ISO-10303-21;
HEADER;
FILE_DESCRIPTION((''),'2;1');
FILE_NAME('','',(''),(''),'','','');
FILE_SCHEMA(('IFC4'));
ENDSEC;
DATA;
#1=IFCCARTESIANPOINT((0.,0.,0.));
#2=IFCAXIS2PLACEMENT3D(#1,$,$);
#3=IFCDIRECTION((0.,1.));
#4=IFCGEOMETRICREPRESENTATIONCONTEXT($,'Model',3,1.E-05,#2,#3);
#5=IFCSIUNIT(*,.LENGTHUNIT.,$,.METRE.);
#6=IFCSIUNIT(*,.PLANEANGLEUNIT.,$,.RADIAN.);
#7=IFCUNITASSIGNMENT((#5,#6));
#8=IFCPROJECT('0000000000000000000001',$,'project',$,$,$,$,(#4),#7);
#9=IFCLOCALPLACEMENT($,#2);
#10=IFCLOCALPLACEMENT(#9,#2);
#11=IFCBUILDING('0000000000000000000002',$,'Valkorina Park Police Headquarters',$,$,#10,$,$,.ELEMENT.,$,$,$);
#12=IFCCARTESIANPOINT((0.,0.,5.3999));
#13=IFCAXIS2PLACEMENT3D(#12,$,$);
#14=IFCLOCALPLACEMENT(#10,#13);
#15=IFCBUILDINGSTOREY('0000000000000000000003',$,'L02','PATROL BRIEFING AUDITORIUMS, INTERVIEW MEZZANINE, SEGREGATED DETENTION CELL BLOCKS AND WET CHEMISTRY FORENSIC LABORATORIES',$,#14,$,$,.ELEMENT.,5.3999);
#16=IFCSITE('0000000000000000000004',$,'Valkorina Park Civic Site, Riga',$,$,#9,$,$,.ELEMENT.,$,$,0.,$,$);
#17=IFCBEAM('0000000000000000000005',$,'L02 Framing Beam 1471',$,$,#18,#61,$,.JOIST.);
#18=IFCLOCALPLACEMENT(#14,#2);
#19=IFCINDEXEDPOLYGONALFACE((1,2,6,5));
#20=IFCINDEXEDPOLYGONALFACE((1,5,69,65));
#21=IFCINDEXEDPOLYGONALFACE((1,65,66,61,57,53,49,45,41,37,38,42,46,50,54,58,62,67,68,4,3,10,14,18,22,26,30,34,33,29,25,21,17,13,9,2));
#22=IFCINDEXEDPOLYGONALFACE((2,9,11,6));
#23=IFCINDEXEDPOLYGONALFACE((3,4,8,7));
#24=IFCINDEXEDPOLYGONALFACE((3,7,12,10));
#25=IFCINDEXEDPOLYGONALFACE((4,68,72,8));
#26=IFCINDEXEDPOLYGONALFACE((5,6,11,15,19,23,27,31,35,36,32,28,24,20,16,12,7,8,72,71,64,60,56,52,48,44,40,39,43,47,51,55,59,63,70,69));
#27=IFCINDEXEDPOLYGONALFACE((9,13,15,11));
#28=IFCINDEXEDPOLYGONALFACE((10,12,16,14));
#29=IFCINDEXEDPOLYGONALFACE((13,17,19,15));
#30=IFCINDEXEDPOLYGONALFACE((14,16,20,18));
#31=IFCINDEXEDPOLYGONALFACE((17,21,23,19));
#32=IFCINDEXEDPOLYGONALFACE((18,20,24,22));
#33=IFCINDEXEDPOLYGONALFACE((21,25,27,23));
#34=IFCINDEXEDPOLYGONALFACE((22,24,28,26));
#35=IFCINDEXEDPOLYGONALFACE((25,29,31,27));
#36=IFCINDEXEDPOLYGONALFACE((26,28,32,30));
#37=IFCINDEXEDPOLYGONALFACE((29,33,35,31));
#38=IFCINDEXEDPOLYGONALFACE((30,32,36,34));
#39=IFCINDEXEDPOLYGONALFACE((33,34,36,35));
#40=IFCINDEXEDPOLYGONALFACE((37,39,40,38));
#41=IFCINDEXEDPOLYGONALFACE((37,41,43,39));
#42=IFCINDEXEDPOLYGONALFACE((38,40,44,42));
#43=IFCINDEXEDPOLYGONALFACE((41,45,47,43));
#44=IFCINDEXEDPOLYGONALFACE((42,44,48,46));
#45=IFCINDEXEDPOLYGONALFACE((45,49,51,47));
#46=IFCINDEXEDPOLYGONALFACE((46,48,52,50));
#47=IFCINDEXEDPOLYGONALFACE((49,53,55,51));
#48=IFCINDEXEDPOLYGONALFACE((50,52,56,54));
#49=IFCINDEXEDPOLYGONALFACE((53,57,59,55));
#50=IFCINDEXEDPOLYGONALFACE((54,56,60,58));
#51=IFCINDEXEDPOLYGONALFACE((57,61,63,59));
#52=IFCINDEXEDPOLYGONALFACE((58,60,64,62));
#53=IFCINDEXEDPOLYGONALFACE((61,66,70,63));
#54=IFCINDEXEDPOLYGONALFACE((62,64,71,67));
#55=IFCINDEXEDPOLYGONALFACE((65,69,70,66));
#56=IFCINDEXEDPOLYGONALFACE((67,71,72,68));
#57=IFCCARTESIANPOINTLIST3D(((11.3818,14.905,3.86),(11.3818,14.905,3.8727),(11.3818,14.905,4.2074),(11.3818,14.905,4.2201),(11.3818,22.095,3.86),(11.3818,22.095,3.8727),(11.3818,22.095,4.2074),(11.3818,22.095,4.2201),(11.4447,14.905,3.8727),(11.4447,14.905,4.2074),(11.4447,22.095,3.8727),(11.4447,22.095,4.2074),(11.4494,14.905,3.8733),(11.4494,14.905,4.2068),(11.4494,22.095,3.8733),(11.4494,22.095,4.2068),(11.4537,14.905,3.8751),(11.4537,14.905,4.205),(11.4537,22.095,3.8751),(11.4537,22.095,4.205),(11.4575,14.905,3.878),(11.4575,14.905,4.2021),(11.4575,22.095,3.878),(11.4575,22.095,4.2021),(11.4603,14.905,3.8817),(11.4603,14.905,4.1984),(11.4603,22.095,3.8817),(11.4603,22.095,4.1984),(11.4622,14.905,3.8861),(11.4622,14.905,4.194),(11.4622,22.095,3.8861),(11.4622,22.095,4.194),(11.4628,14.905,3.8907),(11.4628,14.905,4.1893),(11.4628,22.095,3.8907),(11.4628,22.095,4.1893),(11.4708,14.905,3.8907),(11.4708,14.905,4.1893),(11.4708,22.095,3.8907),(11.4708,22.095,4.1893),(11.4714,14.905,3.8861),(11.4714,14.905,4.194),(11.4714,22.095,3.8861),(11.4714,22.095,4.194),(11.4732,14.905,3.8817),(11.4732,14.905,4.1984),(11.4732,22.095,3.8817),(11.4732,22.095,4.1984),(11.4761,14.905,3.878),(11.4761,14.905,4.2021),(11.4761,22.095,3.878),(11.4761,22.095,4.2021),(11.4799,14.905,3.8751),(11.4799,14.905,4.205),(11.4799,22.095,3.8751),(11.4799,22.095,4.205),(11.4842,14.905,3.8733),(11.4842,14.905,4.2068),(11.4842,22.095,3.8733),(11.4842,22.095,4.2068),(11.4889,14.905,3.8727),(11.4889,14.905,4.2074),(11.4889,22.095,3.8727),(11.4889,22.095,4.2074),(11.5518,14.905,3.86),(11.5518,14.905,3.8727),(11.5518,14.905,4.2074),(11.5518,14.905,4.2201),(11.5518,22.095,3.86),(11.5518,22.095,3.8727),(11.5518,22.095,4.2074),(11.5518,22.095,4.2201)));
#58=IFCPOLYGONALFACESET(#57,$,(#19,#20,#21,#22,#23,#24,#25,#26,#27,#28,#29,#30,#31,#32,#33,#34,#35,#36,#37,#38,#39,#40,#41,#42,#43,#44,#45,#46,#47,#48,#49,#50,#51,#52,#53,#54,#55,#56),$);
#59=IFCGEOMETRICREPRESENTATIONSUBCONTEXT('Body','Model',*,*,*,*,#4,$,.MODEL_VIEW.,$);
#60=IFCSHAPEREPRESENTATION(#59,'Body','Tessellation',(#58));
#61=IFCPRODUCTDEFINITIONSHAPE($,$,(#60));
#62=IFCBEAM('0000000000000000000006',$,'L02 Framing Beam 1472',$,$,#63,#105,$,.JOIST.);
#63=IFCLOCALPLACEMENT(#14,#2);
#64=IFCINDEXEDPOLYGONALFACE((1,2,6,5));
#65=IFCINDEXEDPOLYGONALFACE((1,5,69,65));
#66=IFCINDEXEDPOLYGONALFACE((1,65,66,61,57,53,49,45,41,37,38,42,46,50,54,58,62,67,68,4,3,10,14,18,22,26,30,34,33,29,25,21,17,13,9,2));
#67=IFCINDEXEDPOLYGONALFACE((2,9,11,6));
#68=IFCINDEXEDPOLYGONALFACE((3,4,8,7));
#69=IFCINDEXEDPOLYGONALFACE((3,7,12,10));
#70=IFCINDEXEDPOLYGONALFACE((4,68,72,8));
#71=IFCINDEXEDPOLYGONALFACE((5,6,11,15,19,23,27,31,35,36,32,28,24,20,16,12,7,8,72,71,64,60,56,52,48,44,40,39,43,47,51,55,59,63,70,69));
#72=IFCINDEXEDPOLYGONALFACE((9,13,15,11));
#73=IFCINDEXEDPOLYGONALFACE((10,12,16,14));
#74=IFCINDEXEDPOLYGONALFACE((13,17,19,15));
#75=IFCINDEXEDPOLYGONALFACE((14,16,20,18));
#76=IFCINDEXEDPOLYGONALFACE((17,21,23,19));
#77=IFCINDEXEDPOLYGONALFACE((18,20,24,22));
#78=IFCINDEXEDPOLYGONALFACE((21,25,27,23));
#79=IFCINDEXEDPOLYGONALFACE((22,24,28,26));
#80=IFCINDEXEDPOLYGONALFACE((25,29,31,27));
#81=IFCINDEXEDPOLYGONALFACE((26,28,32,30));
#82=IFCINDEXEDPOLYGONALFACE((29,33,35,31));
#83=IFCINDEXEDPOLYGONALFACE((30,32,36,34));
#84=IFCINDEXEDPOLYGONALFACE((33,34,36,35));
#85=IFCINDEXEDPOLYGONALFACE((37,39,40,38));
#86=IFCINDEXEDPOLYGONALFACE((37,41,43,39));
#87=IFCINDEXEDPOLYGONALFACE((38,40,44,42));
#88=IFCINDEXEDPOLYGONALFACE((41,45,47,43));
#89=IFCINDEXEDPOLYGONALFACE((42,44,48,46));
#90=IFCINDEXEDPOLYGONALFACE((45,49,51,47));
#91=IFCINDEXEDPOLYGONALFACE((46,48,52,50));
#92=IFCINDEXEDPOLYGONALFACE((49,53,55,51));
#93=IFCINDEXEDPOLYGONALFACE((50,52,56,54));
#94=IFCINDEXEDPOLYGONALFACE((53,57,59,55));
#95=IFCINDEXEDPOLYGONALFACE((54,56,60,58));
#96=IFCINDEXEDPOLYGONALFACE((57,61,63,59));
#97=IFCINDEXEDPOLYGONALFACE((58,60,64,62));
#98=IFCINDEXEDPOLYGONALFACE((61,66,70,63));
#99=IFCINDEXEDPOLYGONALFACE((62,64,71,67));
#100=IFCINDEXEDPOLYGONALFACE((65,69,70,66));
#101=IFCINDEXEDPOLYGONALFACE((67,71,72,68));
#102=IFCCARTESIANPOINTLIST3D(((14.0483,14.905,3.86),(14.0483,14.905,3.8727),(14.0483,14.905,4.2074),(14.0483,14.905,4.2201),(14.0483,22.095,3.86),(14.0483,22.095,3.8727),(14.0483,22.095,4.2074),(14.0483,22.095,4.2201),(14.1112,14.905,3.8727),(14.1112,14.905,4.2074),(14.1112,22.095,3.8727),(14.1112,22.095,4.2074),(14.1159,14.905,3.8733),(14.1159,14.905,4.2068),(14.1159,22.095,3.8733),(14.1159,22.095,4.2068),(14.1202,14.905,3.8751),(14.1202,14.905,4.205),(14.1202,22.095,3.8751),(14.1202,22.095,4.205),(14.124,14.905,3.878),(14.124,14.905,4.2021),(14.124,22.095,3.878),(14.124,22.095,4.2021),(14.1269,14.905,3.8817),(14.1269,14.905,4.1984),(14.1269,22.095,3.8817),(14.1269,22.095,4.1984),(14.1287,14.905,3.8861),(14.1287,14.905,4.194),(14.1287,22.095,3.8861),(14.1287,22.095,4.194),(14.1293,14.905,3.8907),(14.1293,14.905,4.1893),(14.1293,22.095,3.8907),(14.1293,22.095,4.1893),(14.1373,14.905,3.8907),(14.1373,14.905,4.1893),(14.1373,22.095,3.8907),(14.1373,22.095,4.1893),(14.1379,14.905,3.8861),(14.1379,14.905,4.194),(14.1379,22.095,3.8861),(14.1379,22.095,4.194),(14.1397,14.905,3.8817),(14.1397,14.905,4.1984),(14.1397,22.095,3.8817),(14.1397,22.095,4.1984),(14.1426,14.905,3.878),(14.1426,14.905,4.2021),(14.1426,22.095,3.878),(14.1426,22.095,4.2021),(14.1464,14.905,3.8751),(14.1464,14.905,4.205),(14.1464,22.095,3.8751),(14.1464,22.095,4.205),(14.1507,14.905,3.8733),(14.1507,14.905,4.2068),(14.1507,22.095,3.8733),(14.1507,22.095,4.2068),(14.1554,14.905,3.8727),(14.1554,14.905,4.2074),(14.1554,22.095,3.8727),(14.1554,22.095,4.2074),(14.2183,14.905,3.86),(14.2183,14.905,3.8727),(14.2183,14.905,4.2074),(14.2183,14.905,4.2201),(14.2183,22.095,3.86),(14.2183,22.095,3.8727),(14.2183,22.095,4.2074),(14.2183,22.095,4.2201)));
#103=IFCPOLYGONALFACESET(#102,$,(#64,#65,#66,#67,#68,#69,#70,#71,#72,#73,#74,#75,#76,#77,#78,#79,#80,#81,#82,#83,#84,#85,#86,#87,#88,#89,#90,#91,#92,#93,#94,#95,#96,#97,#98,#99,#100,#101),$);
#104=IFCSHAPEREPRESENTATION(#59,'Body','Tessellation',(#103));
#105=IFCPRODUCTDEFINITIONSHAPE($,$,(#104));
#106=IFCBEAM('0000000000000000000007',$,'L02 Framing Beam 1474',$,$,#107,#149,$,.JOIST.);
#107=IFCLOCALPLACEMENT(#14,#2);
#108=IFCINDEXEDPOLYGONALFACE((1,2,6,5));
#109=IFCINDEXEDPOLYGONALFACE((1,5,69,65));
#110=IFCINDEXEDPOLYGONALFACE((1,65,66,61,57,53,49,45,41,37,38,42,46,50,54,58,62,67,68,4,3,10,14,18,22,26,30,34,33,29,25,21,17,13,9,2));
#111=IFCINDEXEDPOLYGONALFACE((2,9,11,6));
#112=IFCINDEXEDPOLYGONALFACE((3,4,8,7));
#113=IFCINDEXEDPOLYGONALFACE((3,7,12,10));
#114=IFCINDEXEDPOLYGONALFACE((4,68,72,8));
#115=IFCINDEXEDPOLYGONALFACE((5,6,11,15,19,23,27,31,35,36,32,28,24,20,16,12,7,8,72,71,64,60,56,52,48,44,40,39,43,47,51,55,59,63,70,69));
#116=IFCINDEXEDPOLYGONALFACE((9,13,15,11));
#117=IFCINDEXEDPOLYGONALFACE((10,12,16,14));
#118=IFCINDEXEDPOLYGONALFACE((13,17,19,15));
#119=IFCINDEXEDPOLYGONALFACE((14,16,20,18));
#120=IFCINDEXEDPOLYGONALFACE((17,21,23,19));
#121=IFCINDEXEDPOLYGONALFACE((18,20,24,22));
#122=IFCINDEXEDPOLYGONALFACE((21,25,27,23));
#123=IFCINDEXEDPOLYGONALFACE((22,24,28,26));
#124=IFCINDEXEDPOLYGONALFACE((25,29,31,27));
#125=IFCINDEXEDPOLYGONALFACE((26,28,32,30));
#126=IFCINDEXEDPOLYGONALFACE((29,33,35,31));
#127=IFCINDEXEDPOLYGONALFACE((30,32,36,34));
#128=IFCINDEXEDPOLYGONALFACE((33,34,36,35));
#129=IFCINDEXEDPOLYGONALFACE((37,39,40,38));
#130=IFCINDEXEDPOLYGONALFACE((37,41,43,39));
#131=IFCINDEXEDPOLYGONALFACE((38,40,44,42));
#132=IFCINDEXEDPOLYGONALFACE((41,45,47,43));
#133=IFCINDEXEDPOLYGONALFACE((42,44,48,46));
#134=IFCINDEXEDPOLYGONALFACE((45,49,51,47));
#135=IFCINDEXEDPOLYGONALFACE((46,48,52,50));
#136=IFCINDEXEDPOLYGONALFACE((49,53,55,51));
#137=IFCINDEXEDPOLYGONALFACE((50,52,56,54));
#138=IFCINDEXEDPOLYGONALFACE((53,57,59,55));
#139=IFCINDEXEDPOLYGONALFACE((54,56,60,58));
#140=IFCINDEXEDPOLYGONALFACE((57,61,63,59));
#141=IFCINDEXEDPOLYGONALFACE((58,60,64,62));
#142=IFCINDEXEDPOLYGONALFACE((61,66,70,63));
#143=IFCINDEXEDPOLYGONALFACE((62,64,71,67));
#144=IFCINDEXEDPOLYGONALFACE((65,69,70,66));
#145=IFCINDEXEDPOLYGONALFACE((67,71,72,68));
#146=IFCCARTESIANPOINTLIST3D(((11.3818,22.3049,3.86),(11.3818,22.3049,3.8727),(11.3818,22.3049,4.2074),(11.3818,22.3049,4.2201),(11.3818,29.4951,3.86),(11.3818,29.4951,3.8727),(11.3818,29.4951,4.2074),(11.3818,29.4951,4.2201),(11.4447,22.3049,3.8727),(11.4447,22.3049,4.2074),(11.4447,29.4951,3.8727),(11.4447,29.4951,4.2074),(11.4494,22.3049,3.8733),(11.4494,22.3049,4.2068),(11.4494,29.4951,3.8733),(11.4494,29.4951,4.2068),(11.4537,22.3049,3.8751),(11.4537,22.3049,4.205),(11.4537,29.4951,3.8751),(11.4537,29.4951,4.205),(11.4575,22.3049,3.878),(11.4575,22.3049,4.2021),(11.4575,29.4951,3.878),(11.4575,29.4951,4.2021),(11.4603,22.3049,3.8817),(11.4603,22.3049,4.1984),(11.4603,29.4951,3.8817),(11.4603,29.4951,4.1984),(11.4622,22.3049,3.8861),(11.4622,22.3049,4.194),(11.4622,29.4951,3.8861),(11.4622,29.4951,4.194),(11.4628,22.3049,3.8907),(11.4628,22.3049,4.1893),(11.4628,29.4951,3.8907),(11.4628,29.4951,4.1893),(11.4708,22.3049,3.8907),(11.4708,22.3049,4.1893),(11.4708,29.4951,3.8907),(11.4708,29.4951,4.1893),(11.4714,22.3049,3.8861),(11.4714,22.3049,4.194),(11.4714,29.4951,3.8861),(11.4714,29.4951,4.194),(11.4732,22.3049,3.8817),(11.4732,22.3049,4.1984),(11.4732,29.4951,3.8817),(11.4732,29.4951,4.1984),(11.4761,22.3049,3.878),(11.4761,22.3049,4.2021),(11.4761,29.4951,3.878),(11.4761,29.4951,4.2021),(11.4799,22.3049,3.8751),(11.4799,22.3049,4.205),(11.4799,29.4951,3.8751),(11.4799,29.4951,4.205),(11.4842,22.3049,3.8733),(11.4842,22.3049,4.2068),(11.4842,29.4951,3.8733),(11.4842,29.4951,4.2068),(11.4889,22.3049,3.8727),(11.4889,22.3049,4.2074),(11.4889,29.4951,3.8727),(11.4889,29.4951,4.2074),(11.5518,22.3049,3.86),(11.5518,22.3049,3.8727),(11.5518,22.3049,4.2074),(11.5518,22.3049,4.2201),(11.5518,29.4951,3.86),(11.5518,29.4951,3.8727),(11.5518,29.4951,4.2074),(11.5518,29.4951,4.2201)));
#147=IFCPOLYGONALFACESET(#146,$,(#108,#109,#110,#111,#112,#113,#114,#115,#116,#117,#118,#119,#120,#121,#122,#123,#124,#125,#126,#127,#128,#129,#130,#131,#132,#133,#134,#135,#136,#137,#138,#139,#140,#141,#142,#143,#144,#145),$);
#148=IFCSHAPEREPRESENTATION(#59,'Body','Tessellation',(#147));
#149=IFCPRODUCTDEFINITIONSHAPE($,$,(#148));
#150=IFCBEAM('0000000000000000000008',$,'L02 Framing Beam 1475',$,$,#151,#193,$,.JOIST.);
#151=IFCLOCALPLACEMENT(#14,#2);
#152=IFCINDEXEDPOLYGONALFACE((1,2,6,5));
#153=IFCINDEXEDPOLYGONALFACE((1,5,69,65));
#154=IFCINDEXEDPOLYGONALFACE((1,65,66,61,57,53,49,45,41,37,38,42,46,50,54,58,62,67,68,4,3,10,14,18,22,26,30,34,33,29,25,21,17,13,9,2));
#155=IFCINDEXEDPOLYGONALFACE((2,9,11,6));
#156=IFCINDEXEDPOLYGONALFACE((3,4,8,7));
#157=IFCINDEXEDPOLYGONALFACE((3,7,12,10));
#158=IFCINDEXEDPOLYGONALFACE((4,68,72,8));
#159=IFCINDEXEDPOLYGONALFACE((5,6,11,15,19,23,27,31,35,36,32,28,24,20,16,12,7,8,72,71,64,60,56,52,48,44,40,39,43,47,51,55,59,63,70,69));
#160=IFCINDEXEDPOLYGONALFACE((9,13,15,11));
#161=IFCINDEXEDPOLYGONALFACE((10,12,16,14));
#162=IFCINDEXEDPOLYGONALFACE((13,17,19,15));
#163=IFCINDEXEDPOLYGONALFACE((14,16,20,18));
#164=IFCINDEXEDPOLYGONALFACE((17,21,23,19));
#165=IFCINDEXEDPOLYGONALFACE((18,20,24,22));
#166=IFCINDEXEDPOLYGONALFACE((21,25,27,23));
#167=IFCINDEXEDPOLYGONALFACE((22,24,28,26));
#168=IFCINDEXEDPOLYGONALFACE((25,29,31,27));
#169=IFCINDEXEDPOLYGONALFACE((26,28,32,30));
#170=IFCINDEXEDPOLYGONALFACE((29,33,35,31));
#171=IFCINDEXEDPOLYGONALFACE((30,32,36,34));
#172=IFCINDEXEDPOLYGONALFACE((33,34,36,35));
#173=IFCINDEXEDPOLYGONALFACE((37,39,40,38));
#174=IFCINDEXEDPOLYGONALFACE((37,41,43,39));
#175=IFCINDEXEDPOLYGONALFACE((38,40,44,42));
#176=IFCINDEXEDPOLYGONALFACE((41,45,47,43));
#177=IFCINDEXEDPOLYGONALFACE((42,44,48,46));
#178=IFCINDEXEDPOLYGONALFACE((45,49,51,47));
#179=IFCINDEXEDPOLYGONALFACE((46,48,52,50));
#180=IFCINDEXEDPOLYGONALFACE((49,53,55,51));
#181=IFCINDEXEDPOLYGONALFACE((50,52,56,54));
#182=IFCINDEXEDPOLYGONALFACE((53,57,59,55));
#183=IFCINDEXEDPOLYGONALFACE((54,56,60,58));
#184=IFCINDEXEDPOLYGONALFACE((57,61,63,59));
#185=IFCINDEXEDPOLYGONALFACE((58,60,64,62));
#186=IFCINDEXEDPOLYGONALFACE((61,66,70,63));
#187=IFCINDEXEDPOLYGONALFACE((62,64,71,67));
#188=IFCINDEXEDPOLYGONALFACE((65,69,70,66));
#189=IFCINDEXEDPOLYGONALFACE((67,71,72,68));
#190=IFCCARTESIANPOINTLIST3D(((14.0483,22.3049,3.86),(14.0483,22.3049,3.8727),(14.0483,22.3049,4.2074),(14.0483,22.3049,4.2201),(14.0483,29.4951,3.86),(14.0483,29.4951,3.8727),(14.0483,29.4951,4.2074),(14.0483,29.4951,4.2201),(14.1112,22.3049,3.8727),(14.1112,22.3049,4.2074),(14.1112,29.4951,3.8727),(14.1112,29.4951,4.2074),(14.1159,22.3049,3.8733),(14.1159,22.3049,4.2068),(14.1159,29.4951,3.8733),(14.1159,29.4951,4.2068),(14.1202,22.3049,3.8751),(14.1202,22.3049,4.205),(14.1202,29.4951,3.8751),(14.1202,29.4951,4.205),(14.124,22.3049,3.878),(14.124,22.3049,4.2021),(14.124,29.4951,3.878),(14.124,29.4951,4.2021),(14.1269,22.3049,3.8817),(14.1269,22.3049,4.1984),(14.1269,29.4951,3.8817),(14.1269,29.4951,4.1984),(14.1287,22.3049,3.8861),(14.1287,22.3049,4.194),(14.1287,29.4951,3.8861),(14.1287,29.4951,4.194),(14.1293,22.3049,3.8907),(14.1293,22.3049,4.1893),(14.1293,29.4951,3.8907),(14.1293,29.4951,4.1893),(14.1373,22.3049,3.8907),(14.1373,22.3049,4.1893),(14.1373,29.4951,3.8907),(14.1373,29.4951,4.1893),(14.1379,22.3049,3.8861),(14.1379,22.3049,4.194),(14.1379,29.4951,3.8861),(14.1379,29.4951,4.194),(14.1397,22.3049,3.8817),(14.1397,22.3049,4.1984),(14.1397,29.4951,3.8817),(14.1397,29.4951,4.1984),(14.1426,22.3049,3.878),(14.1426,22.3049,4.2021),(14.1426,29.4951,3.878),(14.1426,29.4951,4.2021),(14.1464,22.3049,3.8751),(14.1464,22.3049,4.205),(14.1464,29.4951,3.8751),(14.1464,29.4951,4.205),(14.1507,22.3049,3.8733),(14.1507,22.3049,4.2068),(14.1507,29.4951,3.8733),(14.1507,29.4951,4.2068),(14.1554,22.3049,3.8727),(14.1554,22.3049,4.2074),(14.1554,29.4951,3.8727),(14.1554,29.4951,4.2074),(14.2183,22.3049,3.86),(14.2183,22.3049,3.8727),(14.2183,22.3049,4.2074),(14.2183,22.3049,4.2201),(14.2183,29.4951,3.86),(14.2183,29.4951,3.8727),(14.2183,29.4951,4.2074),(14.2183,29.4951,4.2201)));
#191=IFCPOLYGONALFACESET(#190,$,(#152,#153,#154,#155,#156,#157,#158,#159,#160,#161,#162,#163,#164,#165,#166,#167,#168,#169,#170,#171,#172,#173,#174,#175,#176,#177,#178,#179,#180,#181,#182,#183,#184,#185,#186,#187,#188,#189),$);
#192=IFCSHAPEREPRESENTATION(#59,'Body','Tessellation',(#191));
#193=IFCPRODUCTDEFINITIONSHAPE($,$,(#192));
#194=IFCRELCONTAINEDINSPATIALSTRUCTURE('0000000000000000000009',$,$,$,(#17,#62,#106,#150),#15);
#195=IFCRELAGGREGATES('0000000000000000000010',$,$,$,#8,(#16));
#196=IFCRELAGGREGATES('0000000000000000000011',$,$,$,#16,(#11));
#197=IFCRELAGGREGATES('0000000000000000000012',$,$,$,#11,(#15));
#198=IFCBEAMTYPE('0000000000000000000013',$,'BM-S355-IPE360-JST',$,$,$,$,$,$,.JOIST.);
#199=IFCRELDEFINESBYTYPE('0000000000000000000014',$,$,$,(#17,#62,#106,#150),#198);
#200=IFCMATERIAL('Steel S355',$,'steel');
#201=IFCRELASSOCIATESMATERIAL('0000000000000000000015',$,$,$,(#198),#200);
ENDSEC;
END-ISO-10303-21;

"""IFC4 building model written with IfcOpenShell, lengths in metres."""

from ifc_helpers import new_model, si_unit, direction, frame, origin, origin_2d, place, context, subcontext, project, spatial, i_section, extrude, material, material_profile, profile_set, type_object, element, save


model = new_model("IFC4")

# Units and contexts
model_context = context("Model", 3, precision=1e-05, world=origin(), true_north=direction((0.0, 1.0)))
body_context = subcontext(model_context, "Body", "Model", "MODEL_VIEW")
ifc_project = project(units=[si_unit("LENGTHUNIT", "METRE"), si_unit("PLANEANGLEUNIT", "RADIAN")], contexts=[model_context])

# Site, building, storey
site_placement = place(None, origin())
site = spatial("IfcSite", under=ifc_project, at=site_placement, Name="Valkorina Park Civic Site, Riga", CompositionType="ELEMENT", RefElevation=0.0)
building_placement = place(site_placement, origin())
building = spatial("IfcBuilding", under=site, at=building_placement, Name="Valkorina Park Police Headquarters", CompositionType="ELEMENT")
storey_placement = place(building_placement, frame((0.0, 0.0, 5.3999)))
storey = spatial("IfcBuildingStorey", under=building, at=storey_placement, Name="L02", Description="PATROL BRIEFING AUDITORIUMS, INTERVIEW MEZZANINE, SEGREGATED DETENTION CELL BLOCKS AND WET CHEMISTRY FORENSIC LABORATORIES", CompositionType="ELEMENT", Elevation=5.3999)

# Shared definitions
ifc_material_1 = material(Name="Steel S355", Category="steel")

# Beams
ifc_material_profile_1 = material_profile(ifc_material_1, i_section(OverallWidth=0.1699, OverallDepth=0.3601, WebThickness=0.0081, FlangeThickness=0.0127, FilletRadius=0.0181, at=origin_2d()), Name="IPE 360")
ifc_profile_set_1 = profile_set([ifc_material_profile_1], Name="Steel S355")
beam_type_1 = type_object("IfcBeamType", Name="BM-S355-IPE360-JST", PredefinedType="JOIST", material=ifc_profile_set_1)
for number, where, z_axis, x_axis, name in (
    (1, (11.4668, 14.905, 4.04), (0.0, 1.0, 0.0), (-1.0, 0.0, 0.0), "L02 Framing Beam 1471"),
    (2, (14.1333, 14.905, 4.04), (0.0, 1.0, 0.0), (-1.0, 0.0, 0.0), "L02 Framing Beam 1472"),
):
    element("IfcBeam", number, at=place(storey_placement, frame(where, z_axis=z_axis, x_axis=x_axis)), inside=storey, type_object=beam_type_1, Name=name, PredefinedType="JOIST", context=body_context, shape_type="SweptSolid", body=[
        extrude(i_section(OverallWidth=0.1699, OverallDepth=0.3601, WebThickness=0.0081, FlangeThickness=0.0127, FilletRadius=0.0181, at=origin_2d()), origin(), (0.0, 0.0, 1.0), 7.1899),
    ])
for number, where, z_axis, x_axis, name in (
    (3, (11.4668, 22.3049, 4.04), (0.0, 1.0, 0.0), (-1.0, 0.0, 0.0), "L02 Framing Beam 1474"),
    (4, (14.1333, 22.3049, 4.04), (0.0, 1.0, 0.0), (-1.0, 0.0, 0.0), "L02 Framing Beam 1475"),
):
    element("IfcBeam", number, at=place(storey_placement, frame(where, z_axis=z_axis, x_axis=x_axis)), inside=storey, type_object=beam_type_1, Name=name, PredefinedType="JOIST", context=body_context, shape_type="SweptSolid", body=[
        extrude(i_section(OverallWidth=0.1699, OverallDepth=0.3601, WebThickness=0.0081, FlangeThickness=0.0127, FilletRadius=0.0181, at=origin_2d()), origin(), (0.0, 0.0, 1.0), 7.1902),
    ])

save(model, "model.ifc")
